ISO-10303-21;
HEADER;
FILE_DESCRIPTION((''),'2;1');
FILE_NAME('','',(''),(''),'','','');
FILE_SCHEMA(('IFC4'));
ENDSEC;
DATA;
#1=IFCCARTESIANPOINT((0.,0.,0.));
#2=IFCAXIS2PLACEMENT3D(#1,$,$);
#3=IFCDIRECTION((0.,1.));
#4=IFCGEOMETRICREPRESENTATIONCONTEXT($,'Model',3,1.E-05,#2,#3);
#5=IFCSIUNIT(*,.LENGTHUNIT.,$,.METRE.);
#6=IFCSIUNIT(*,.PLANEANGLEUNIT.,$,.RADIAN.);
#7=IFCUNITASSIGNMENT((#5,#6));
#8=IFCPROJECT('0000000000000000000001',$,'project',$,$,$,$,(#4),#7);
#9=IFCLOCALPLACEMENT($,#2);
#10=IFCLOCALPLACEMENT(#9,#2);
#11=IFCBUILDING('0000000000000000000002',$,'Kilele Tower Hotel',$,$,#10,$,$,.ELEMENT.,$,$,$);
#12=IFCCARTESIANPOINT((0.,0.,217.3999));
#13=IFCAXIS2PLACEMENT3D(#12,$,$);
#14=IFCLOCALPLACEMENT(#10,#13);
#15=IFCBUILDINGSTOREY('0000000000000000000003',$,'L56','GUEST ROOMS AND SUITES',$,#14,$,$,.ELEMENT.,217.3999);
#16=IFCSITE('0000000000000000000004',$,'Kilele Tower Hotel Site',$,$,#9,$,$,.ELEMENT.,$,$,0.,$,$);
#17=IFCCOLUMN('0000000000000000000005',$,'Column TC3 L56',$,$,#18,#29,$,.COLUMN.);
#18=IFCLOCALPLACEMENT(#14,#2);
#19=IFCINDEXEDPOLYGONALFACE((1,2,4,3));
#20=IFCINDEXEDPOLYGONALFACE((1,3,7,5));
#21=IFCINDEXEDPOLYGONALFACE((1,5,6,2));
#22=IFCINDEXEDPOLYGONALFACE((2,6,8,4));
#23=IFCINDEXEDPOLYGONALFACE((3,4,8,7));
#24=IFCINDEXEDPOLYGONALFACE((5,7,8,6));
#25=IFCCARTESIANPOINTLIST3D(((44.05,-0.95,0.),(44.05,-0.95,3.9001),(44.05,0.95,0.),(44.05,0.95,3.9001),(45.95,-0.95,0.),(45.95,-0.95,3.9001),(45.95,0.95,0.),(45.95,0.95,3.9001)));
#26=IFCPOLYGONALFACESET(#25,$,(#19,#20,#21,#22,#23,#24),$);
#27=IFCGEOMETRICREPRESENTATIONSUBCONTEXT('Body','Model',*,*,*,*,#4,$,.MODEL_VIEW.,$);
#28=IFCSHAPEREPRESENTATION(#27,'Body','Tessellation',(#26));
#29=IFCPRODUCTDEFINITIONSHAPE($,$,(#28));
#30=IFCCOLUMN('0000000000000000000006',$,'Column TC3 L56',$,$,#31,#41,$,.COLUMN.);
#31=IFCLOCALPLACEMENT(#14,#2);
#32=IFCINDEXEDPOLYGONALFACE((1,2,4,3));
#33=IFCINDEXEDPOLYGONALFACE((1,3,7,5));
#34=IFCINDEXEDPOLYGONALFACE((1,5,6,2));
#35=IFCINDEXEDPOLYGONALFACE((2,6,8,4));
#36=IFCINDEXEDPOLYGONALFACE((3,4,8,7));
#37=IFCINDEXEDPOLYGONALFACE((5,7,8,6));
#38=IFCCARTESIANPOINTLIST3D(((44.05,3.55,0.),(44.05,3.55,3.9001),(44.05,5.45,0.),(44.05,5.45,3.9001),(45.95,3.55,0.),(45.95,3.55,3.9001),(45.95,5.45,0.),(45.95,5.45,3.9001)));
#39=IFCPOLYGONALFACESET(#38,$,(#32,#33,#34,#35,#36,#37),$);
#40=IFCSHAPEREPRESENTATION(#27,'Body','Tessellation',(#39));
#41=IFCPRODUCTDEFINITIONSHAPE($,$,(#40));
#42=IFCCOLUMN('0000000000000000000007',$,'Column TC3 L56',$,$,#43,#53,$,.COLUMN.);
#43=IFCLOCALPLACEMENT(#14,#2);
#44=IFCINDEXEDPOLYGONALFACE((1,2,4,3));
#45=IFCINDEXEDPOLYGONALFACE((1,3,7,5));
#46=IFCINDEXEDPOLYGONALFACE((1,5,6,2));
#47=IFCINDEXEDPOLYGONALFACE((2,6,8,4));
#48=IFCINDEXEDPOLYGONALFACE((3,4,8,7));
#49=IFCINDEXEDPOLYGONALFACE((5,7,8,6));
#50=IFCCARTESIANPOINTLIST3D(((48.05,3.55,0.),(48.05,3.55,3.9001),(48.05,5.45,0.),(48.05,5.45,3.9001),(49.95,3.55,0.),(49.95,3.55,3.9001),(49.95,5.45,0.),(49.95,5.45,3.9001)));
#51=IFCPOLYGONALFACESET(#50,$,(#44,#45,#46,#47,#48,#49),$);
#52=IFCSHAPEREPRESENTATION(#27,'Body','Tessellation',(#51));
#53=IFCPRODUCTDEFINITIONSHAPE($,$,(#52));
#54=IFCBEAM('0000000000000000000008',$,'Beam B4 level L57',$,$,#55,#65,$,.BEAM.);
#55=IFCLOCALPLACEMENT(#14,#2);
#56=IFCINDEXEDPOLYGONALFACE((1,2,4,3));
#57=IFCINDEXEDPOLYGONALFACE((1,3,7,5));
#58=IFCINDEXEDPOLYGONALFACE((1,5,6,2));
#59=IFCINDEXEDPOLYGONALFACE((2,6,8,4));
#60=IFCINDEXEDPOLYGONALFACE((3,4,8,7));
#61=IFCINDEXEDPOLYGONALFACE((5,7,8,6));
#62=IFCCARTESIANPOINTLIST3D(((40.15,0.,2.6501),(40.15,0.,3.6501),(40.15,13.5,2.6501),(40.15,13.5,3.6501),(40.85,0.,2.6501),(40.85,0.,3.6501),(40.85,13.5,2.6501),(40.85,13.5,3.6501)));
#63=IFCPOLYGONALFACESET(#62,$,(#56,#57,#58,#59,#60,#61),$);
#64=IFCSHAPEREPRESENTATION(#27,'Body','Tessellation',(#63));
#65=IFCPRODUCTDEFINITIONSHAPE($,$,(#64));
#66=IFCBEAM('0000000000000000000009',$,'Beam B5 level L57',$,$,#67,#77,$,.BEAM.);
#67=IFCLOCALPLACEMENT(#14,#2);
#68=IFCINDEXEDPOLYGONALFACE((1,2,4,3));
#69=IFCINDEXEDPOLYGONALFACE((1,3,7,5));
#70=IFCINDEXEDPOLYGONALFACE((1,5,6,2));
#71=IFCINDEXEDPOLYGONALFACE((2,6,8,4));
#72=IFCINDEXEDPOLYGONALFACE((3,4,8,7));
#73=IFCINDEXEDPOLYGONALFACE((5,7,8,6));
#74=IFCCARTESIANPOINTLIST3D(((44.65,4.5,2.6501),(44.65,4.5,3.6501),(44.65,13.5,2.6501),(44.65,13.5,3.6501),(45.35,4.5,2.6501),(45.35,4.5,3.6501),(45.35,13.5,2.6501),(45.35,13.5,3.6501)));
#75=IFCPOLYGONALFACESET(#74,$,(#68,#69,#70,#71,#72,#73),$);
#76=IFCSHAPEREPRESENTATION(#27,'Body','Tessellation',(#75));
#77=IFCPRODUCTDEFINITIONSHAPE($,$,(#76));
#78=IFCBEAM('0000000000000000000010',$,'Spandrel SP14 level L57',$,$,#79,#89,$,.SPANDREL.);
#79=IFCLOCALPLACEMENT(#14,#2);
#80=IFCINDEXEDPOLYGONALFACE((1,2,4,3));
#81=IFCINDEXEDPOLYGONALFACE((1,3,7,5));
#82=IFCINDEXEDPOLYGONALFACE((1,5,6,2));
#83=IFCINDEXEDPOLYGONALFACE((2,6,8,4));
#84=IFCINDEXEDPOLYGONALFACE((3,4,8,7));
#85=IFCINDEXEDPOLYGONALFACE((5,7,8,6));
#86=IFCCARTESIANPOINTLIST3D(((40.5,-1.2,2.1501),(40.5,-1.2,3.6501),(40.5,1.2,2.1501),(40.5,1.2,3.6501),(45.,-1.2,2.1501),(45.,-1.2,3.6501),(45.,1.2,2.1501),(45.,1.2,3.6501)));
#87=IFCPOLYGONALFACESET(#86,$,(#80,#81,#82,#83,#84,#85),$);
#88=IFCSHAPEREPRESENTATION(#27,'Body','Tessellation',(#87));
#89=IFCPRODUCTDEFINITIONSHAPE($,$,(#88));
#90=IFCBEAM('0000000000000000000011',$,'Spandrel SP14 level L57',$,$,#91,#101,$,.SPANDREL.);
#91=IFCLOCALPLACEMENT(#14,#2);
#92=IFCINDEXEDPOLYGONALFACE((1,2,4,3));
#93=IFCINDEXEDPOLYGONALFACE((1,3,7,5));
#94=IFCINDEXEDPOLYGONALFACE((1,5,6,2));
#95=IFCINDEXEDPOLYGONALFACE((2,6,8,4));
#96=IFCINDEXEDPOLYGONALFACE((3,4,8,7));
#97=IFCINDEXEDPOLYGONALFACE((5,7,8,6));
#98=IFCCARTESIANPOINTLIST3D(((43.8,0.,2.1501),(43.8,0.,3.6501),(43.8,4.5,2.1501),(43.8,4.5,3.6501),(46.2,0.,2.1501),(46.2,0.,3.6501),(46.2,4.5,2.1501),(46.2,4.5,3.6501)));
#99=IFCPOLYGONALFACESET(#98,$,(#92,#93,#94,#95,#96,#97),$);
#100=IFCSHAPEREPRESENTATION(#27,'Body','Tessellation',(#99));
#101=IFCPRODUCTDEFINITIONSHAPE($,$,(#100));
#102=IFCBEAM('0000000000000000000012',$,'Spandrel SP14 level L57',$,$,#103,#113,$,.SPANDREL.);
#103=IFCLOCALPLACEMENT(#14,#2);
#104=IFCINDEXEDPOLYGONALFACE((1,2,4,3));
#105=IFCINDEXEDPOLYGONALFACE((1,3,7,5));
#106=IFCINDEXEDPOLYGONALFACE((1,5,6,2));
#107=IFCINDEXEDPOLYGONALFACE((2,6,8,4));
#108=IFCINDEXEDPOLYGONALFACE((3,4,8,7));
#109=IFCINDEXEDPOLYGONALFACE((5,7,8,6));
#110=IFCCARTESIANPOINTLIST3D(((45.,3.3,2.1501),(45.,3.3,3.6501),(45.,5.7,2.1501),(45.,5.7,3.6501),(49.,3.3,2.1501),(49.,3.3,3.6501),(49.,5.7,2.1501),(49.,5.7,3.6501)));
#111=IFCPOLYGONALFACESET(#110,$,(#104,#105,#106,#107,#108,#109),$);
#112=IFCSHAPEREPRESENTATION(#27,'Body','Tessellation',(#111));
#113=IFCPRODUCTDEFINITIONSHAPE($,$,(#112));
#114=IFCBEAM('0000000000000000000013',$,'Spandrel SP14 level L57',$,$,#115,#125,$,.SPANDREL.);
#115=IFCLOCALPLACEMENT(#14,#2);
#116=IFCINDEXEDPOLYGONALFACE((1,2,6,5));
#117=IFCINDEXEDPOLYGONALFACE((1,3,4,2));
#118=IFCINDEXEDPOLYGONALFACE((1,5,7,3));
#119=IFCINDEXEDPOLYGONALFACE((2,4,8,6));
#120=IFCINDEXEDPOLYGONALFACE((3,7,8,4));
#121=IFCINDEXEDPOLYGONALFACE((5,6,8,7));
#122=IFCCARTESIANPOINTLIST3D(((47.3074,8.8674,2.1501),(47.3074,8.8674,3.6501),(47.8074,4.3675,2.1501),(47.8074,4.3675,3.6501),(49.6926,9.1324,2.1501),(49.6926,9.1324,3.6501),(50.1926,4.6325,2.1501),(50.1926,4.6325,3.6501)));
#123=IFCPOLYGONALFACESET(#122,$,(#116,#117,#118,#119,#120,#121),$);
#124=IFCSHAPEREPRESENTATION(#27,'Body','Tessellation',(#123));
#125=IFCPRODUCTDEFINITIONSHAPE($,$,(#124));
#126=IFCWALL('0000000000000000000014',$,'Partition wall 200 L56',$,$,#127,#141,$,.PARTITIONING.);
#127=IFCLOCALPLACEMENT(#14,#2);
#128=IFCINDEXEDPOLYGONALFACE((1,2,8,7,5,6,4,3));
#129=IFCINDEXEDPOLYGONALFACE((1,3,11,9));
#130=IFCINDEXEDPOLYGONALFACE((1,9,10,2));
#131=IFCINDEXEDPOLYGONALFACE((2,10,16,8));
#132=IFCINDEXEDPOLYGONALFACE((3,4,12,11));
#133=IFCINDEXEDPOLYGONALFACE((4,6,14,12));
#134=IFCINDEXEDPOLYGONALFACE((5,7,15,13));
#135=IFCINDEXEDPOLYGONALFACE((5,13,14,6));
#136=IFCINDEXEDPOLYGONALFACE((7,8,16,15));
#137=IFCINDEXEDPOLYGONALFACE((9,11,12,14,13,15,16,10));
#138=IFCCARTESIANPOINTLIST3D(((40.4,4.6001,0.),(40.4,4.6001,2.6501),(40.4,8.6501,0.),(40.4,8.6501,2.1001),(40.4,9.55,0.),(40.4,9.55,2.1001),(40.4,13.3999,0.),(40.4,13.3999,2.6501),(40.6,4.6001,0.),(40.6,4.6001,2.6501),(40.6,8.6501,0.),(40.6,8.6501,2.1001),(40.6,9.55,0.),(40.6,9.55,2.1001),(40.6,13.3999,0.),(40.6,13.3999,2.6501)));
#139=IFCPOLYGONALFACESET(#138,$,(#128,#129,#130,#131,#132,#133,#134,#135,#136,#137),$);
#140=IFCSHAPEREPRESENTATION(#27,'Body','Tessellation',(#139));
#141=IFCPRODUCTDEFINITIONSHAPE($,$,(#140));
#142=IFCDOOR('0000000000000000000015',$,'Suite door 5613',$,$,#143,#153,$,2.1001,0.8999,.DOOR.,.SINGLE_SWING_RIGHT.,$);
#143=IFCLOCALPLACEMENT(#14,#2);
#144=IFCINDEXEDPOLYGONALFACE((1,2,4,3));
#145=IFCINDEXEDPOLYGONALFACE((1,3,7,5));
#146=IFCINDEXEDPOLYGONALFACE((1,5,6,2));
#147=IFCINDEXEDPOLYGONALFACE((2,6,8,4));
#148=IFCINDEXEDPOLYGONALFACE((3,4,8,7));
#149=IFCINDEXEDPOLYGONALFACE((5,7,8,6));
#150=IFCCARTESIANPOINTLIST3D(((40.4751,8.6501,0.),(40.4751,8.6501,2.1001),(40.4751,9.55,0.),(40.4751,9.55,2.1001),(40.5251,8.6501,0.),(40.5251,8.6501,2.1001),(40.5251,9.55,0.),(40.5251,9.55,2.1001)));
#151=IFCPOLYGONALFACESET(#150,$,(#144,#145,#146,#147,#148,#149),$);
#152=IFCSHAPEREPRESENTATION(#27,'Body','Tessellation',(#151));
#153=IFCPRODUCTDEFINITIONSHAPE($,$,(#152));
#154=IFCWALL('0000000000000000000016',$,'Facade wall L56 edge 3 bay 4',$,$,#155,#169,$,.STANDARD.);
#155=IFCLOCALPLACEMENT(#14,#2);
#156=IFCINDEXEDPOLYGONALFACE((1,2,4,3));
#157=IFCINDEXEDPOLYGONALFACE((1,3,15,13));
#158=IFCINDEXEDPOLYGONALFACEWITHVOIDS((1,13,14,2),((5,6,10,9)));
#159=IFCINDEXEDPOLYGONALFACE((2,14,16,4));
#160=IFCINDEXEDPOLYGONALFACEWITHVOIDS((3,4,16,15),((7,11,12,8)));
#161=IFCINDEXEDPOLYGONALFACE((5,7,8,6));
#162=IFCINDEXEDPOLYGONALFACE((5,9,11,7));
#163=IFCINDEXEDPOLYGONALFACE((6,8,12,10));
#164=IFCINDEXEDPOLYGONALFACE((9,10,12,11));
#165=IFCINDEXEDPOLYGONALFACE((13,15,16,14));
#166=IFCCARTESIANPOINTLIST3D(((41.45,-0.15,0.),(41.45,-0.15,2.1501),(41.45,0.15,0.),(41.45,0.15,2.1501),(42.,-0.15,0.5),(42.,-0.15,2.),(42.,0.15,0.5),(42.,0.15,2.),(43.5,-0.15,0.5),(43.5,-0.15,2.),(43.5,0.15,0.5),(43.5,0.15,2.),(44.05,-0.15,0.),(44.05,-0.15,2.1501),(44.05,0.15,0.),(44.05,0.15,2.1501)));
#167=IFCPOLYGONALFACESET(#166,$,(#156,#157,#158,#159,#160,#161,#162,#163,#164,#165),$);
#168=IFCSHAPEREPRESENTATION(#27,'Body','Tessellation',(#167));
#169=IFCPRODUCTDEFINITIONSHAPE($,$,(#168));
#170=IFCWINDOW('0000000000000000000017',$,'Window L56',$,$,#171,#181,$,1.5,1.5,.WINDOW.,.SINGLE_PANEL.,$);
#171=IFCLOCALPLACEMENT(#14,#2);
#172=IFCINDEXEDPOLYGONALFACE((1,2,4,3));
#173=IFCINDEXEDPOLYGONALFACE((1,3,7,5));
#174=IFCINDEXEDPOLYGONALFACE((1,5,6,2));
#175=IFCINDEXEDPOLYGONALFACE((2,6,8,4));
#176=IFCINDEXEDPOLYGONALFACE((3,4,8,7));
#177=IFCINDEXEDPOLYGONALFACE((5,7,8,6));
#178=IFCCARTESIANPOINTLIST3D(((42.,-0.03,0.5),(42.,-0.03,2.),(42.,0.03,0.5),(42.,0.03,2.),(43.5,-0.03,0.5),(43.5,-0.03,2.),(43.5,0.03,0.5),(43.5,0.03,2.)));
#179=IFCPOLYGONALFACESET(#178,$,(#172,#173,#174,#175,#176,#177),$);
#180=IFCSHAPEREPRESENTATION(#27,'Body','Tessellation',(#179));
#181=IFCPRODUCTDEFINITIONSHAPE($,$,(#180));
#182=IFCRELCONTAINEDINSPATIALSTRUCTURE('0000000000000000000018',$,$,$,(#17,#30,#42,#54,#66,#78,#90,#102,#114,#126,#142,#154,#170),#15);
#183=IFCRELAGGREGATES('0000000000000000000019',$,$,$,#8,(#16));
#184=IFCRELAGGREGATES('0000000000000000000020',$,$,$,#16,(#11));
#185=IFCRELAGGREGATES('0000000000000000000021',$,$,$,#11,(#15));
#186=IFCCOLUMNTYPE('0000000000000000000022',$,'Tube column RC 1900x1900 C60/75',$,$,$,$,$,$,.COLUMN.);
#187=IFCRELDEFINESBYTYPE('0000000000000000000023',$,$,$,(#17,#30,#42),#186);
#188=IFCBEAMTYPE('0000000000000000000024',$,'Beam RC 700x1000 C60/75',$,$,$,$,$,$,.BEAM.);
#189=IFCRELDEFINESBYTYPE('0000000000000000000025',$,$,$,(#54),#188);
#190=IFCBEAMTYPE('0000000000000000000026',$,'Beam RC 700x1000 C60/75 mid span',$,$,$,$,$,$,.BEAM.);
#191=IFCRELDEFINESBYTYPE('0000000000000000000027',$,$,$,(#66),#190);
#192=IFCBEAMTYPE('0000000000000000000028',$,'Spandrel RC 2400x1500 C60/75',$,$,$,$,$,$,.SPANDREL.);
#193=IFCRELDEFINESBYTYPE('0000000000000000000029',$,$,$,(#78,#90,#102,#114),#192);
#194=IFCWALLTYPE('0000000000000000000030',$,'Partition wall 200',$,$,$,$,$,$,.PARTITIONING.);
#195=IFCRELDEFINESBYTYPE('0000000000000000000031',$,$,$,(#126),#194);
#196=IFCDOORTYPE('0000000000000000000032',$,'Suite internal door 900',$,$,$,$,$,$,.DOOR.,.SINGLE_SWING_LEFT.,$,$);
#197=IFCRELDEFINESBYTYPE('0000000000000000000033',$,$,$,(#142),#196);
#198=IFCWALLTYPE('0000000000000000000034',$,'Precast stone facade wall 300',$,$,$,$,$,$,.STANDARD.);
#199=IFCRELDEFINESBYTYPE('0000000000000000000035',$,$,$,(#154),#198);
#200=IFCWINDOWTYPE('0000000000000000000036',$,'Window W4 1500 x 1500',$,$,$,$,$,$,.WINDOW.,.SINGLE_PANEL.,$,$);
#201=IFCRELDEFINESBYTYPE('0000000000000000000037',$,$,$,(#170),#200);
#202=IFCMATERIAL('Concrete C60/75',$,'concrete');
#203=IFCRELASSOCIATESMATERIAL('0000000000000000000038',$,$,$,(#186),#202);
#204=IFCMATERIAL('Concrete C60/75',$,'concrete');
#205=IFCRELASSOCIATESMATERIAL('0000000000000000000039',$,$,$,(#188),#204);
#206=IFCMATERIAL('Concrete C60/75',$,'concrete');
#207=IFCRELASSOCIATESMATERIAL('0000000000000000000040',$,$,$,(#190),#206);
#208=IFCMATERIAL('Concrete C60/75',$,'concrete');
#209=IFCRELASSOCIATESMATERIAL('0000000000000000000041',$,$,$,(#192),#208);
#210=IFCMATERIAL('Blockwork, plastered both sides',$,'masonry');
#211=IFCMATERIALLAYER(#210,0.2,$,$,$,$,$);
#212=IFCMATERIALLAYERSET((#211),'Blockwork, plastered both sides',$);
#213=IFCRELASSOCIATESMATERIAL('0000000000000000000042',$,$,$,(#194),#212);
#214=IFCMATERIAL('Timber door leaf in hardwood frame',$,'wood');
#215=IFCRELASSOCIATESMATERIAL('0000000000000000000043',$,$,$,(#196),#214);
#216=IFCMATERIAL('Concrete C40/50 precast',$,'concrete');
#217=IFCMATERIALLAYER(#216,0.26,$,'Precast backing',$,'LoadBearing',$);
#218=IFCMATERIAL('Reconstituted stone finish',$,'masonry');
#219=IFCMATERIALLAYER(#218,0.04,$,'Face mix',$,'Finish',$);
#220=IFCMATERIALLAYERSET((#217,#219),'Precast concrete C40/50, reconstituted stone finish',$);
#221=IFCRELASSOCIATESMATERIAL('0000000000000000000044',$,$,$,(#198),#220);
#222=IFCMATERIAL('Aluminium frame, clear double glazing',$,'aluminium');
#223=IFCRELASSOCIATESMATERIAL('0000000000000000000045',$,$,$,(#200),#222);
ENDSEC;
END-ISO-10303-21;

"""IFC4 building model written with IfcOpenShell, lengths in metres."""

from ifc_helpers import new_model, si_unit, direction, frame, frame_2d, origin, origin_2d, place, context, subcontext, project, spatial, rectangle, extrude, material, layer, layer_set, material_profile, profile_set, type_object, element, fill, save


model = new_model("IFC4")

# Units and contexts
model_context = context("Model", 3, precision=1e-05, world=origin(), true_north=direction((0.0, 1.0)))
body_context = subcontext(model_context, "Body", "Model", "MODEL_VIEW")
ifc_project = project(units=[si_unit("LENGTHUNIT", "METRE"), si_unit("PLANEANGLEUNIT", "RADIAN")], contexts=[model_context])

# Site, building, storey
site_placement = place(None, origin())
site = spatial("IfcSite", under=ifc_project, at=site_placement, Name="Kilele Tower Hotel Site", CompositionType="ELEMENT", RefElevation=0.0)
building_placement = place(site_placement, origin())
building = spatial("IfcBuilding", under=site, at=building_placement, Name="Kilele Tower Hotel", CompositionType="ELEMENT")
storey_placement = place(building_placement, frame((0.0, 0.0, 217.3999)))
storey = spatial("IfcBuildingStorey", under=building, at=storey_placement, Name="L56", Description="GUEST ROOMS AND SUITES", CompositionType="ELEMENT", Elevation=217.3999)

# Columns
ifc_material_1 = material(Name="Concrete C60/75", Category="concrete")
ifc_material_profile_1 = material_profile(ifc_material_1, rectangle(XDim=1.8999, YDim=1.8999, at=origin_2d()))
ifc_profile_set_1 = profile_set([ifc_material_profile_1], Name="Concrete C60/75")
column_type = type_object("IfcColumnType", Name="Tube column RC 1900x1900 C60/75", PredefinedType="COLUMN", material=ifc_profile_set_1)
for number, where, z_axis, x_axis, name in (
    (1, (45.0, 0.0, 0.0), (0.0, 0.0, 1.0), (1.0, 0.0, 0.0), "Column TC3 L56"),
    (2, (45.0, 4.5, 0.0), (0.0, 0.0, 1.0), (1.0, 0.0, 0.0), "Column TC3 L56"),
    (3, (49.0, 4.5, 0.0), (0.0, 0.0, 1.0), (1.0, 0.0, 0.0), "Column TC3 L56"),
):
    element("IfcColumn", number, at=place(storey_placement, frame(where, z_axis=z_axis, x_axis=x_axis)), inside=storey, type_object=column_type, Name=name, PredefinedType="COLUMN", context=body_context, shape_type="SweptSolid", body=[
        extrude(rectangle(XDim=1.8999, YDim=1.8999, at=origin_2d()), origin(), (0.0, 0.0, 1.0), 3.9001),
    ])

# Beams
ifc_material_2 = material(Name="Concrete C60/75", Category="concrete")
ifc_material_profile_2 = material_profile(ifc_material_2, rectangle(XDim=0.7, YDim=1.0, at=origin_2d()))
ifc_profile_set_2 = profile_set([ifc_material_profile_2], Name="Concrete C60/75")
beam_type_1 = type_object("IfcBeamType", Name="Beam RC 700x1000 C60/75", PredefinedType="BEAM", material=ifc_profile_set_2)
beam_1_placement = place(storey_placement, frame((40.5, 0.0, 3.1501), z_axis=(0.0, 1.0, 0.0), x_axis=(-1.0, 0.0, 0.0)))
element("IfcBeam", 4, at=beam_1_placement, inside=storey, type_object=beam_type_1, Name="Beam B4 level L57", PredefinedType="BEAM", context=body_context, shape_type="SweptSolid", body=[
    extrude(rectangle(XDim=0.7, YDim=1.0, at=origin_2d()), origin(), (0.0, 0.0, 1.0), 13.5),
])
ifc_material_3 = material(Name="Concrete C60/75", Category="concrete")
ifc_material_profile_3 = material_profile(ifc_material_3, rectangle(XDim=0.7, YDim=1.0, at=origin_2d()))
ifc_profile_set_3 = profile_set([ifc_material_profile_3], Name="Concrete C60/75")
beam_type_2 = type_object("IfcBeamType", Name="Beam RC 700x1000 C60/75 mid span", PredefinedType="BEAM", material=ifc_profile_set_3)
beam_2_placement = place(storey_placement, frame((45.0, 4.5, 3.1501), z_axis=(0.0, 1.0, 0.0), x_axis=(-1.0, 0.0, 0.0)))
element("IfcBeam", 5, at=beam_2_placement, inside=storey, type_object=beam_type_2, Name="Beam B5 level L57", PredefinedType="BEAM", context=body_context, shape_type="SweptSolid", body=[
    extrude(rectangle(XDim=0.7, YDim=1.0, at=origin_2d()), origin(), (0.0, 0.0, 1.0), 9.0),
])
ifc_material_4 = material(Name="Concrete C60/75", Category="concrete")
ifc_material_profile_4 = material_profile(ifc_material_4, rectangle(XDim=2.3999, YDim=1.5, at=origin_2d()))
ifc_profile_set_4 = profile_set([ifc_material_profile_4], Name="Concrete C60/75")
beam_type_3 = type_object("IfcBeamType", Name="Spandrel RC 2400x1500 C60/75", PredefinedType="SPANDREL", material=ifc_profile_set_4)
for number, where, z_axis, x_axis, name in (
    (6, (40.5, 0.0, 2.9001), (1.0, 0.0, 0.0), (0.0, 1.0, 0.0), "Spandrel SP14 level L57"),
    (7, (45.0, 0.0, 2.9001), (0.0, 1.0, 0.0), (-1.0, 0.0, 0.0), "Spandrel SP14 level L57"),
):
    element("IfcBeam", number, at=place(storey_placement, frame(where, z_axis=z_axis, x_axis=x_axis)), inside=storey, type_object=beam_type_3, Name=name, PredefinedType="SPANDREL", context=body_context, shape_type="SweptSolid", body=[
        extrude(rectangle(XDim=2.3999, YDim=1.5, at=origin_2d()), origin(), (0.0, 0.0, 1.0), 4.5),
    ])
beam_3_placement = place(storey_placement, frame((45.0, 4.5, 2.9001), z_axis=(1.0, 0.0, 0.0), x_axis=(0.0, 1.0, 0.0)))
element("IfcBeam", 8, at=beam_3_placement, inside=storey, type_object=beam_type_3, Name="Spandrel SP14 level L57", PredefinedType="SPANDREL", context=body_context, shape_type="SweptSolid", body=[
    extrude(rectangle(XDim=2.3999, YDim=1.5, at=origin_2d()), origin(), (0.0, 0.0, 1.0), 4.0),
])
beam_4_placement = place(storey_placement, frame((49.0, 4.5, 2.9001), z_axis=(-0.110432, 0.993884, 0.0), x_axis=(-0.993884, -0.110432, 0.0)))
element("IfcBeam", 9, at=beam_4_placement, inside=storey, type_object=beam_type_3, Name="Spandrel SP14 level L57", PredefinedType="SPANDREL", context=body_context, shape_type="SweptSolid", body=[
    extrude(rectangle(XDim=2.3999, YDim=1.5, at=origin_2d()), origin(), (0.0, 0.0, 1.0), 4.5276),
])

# Wall, opening, door
ifc_material_5 = material(Name="Blockwork, plastered both sides", Category="masonry")
ifc_layer_1 = layer(ifc_material_5, 0.2)
ifc_layer_set_1 = layer_set([ifc_layer_1], Name="Blockwork, plastered both sides")
wall_type_1 = type_object("IfcWallType", Name="Partition wall 200", PredefinedType="PARTITIONING", material=ifc_layer_set_1)
wall_1_placement = place(storey_placement, frame((40.5, 4.6001, 0.0), z_axis=(0.0, 0.0, 1.0), x_axis=(0.0, 1.0, 0.0)))
wall_1 = element("IfcWall", 10, at=wall_1_placement, inside=storey, type_object=wall_type_1, Name="Partition wall 200 L56", PredefinedType="PARTITIONING", context=body_context, shape_type="SweptSolid", body=[
    extrude(rectangle(XDim=8.7998, YDim=0.2, at=frame_2d((4.3999, 0.0))), origin(), (0.0, 0.0, 1.0), 2.6501),
])
opening_1_placement = place(wall_1_placement, frame((4.05, 0.0, 0.0)))
opening_1 = element("IfcOpeningElement", 11, at=opening_1_placement, cuts=wall_1, PredefinedType="OPENING", context=body_context, shape_type="SweptSolid", body=[
    extrude(rectangle(XDim=0.8999, YDim=2.1001, at=frame_2d((0.45, 1.05))), frame((0.0, 0.1099, 0.0), z_axis=(0.0, -1.0, 0.0), x_axis=(1.0, 0.0, 0.0)), (0.0, 0.0, 1.0), 0.22),
])
ifc_material_6 = material(Name="Timber door leaf in hardwood frame", Category="wood")
door_type = type_object("IfcDoorType", Name="Suite internal door 900", OperationType="SINGLE_SWING_LEFT", PredefinedType="DOOR", material=ifc_material_6)
door_placement = place(opening_1_placement, origin())
door = element("IfcDoor", 12, at=door_placement, inside=storey, type_object=door_type, Name="Suite door 5613", OperationType="SINGLE_SWING_RIGHT", OverallHeight=2.1001, OverallWidth=0.8999, PredefinedType="DOOR", context=body_context, shape_type="SweptSolid", body=[
    extrude(rectangle(XDim=0.8999, YDim=2.1001, at=frame_2d((0.45, 1.05))), frame((0.0, 0.0249, 0.0), z_axis=(0.0, -1.0, 0.0), x_axis=(1.0, 0.0, 0.0)), (0.0, 0.0, 1.0), 0.05),
])
fill(opening_1, door)

# Wall, opening, window
ifc_material_7 = material(Name="Concrete C40/50 precast", Category="concrete")
ifc_layer_2 = layer(ifc_material_7, 0.26, Name="Precast backing", Category="LoadBearing")
ifc_material_8 = material(Name="Reconstituted stone finish", Category="masonry")
ifc_layer_3 = layer(ifc_material_8, 0.04, Name="Face mix", Category="Finish")
ifc_layer_set_2 = layer_set([ifc_layer_2, ifc_layer_3], Name="Precast concrete C40/50, reconstituted stone finish")
wall_type_2 = type_object("IfcWallType", Name="Precast stone facade wall 300", PredefinedType="STANDARD", material=ifc_layer_set_2)
wall_2_placement = place(storey_placement, frame((41.45, 0.0, 0.0), z_axis=(0.0, 0.0, 1.0), x_axis=(1.0, 0.0, 0.0)))
wall_2 = element("IfcWall", 13, at=wall_2_placement, inside=storey, type_object=wall_type_2, Name="Facade wall L56 edge 3 bay 4", PredefinedType="STANDARD", context=body_context, shape_type="SweptSolid", body=[
    extrude(rectangle(XDim=2.6001, YDim=0.3, at=frame_2d((1.3, 0.0))), origin(), (0.0, 0.0, 1.0), 2.1501),
])
opening_2_placement = place(wall_2_placement, frame((0.55, 0.0, 0.5)))
opening_2 = element("IfcOpeningElement", 14, at=opening_2_placement, cuts=wall_2, PredefinedType="OPENING", context=body_context, shape_type="SweptSolid", body=[
    extrude(rectangle(XDim=1.5, YDim=1.5, at=frame_2d((0.75, 0.75))), frame((0.0, 0.1599, 0.0), z_axis=(0.0, -1.0, 0.0), x_axis=(1.0, 0.0, 0.0)), (0.0, 0.0, 1.0), 0.3201),
])
ifc_material_9 = material(Name="Aluminium frame, clear double glazing", Category="aluminium")
window_type = type_object("IfcWindowType", Name="Window W4 1500 x 1500", PartitioningType="SINGLE_PANEL", PredefinedType="WINDOW", material=ifc_material_9)
window_1_placement = place(opening_2_placement, origin())
window_1 = element("IfcWindow", 15, at=window_1_placement, inside=storey, type_object=window_type, Name="Window L56", OverallHeight=1.5, OverallWidth=1.5, PartitioningType="SINGLE_PANEL", PredefinedType="WINDOW", context=body_context, shape_type="SweptSolid", body=[
    extrude(rectangle(XDim=1.5, YDim=1.5, at=frame_2d((0.75, 0.75))), frame((0.0, 0.03, 0.0), z_axis=(0.0, -1.0, 0.0), x_axis=(1.0, 0.0, 0.0)), (0.0, 0.0, 1.0), 0.0601),
])
fill(opening_2, window_1)

save(model, "model.ifc")
